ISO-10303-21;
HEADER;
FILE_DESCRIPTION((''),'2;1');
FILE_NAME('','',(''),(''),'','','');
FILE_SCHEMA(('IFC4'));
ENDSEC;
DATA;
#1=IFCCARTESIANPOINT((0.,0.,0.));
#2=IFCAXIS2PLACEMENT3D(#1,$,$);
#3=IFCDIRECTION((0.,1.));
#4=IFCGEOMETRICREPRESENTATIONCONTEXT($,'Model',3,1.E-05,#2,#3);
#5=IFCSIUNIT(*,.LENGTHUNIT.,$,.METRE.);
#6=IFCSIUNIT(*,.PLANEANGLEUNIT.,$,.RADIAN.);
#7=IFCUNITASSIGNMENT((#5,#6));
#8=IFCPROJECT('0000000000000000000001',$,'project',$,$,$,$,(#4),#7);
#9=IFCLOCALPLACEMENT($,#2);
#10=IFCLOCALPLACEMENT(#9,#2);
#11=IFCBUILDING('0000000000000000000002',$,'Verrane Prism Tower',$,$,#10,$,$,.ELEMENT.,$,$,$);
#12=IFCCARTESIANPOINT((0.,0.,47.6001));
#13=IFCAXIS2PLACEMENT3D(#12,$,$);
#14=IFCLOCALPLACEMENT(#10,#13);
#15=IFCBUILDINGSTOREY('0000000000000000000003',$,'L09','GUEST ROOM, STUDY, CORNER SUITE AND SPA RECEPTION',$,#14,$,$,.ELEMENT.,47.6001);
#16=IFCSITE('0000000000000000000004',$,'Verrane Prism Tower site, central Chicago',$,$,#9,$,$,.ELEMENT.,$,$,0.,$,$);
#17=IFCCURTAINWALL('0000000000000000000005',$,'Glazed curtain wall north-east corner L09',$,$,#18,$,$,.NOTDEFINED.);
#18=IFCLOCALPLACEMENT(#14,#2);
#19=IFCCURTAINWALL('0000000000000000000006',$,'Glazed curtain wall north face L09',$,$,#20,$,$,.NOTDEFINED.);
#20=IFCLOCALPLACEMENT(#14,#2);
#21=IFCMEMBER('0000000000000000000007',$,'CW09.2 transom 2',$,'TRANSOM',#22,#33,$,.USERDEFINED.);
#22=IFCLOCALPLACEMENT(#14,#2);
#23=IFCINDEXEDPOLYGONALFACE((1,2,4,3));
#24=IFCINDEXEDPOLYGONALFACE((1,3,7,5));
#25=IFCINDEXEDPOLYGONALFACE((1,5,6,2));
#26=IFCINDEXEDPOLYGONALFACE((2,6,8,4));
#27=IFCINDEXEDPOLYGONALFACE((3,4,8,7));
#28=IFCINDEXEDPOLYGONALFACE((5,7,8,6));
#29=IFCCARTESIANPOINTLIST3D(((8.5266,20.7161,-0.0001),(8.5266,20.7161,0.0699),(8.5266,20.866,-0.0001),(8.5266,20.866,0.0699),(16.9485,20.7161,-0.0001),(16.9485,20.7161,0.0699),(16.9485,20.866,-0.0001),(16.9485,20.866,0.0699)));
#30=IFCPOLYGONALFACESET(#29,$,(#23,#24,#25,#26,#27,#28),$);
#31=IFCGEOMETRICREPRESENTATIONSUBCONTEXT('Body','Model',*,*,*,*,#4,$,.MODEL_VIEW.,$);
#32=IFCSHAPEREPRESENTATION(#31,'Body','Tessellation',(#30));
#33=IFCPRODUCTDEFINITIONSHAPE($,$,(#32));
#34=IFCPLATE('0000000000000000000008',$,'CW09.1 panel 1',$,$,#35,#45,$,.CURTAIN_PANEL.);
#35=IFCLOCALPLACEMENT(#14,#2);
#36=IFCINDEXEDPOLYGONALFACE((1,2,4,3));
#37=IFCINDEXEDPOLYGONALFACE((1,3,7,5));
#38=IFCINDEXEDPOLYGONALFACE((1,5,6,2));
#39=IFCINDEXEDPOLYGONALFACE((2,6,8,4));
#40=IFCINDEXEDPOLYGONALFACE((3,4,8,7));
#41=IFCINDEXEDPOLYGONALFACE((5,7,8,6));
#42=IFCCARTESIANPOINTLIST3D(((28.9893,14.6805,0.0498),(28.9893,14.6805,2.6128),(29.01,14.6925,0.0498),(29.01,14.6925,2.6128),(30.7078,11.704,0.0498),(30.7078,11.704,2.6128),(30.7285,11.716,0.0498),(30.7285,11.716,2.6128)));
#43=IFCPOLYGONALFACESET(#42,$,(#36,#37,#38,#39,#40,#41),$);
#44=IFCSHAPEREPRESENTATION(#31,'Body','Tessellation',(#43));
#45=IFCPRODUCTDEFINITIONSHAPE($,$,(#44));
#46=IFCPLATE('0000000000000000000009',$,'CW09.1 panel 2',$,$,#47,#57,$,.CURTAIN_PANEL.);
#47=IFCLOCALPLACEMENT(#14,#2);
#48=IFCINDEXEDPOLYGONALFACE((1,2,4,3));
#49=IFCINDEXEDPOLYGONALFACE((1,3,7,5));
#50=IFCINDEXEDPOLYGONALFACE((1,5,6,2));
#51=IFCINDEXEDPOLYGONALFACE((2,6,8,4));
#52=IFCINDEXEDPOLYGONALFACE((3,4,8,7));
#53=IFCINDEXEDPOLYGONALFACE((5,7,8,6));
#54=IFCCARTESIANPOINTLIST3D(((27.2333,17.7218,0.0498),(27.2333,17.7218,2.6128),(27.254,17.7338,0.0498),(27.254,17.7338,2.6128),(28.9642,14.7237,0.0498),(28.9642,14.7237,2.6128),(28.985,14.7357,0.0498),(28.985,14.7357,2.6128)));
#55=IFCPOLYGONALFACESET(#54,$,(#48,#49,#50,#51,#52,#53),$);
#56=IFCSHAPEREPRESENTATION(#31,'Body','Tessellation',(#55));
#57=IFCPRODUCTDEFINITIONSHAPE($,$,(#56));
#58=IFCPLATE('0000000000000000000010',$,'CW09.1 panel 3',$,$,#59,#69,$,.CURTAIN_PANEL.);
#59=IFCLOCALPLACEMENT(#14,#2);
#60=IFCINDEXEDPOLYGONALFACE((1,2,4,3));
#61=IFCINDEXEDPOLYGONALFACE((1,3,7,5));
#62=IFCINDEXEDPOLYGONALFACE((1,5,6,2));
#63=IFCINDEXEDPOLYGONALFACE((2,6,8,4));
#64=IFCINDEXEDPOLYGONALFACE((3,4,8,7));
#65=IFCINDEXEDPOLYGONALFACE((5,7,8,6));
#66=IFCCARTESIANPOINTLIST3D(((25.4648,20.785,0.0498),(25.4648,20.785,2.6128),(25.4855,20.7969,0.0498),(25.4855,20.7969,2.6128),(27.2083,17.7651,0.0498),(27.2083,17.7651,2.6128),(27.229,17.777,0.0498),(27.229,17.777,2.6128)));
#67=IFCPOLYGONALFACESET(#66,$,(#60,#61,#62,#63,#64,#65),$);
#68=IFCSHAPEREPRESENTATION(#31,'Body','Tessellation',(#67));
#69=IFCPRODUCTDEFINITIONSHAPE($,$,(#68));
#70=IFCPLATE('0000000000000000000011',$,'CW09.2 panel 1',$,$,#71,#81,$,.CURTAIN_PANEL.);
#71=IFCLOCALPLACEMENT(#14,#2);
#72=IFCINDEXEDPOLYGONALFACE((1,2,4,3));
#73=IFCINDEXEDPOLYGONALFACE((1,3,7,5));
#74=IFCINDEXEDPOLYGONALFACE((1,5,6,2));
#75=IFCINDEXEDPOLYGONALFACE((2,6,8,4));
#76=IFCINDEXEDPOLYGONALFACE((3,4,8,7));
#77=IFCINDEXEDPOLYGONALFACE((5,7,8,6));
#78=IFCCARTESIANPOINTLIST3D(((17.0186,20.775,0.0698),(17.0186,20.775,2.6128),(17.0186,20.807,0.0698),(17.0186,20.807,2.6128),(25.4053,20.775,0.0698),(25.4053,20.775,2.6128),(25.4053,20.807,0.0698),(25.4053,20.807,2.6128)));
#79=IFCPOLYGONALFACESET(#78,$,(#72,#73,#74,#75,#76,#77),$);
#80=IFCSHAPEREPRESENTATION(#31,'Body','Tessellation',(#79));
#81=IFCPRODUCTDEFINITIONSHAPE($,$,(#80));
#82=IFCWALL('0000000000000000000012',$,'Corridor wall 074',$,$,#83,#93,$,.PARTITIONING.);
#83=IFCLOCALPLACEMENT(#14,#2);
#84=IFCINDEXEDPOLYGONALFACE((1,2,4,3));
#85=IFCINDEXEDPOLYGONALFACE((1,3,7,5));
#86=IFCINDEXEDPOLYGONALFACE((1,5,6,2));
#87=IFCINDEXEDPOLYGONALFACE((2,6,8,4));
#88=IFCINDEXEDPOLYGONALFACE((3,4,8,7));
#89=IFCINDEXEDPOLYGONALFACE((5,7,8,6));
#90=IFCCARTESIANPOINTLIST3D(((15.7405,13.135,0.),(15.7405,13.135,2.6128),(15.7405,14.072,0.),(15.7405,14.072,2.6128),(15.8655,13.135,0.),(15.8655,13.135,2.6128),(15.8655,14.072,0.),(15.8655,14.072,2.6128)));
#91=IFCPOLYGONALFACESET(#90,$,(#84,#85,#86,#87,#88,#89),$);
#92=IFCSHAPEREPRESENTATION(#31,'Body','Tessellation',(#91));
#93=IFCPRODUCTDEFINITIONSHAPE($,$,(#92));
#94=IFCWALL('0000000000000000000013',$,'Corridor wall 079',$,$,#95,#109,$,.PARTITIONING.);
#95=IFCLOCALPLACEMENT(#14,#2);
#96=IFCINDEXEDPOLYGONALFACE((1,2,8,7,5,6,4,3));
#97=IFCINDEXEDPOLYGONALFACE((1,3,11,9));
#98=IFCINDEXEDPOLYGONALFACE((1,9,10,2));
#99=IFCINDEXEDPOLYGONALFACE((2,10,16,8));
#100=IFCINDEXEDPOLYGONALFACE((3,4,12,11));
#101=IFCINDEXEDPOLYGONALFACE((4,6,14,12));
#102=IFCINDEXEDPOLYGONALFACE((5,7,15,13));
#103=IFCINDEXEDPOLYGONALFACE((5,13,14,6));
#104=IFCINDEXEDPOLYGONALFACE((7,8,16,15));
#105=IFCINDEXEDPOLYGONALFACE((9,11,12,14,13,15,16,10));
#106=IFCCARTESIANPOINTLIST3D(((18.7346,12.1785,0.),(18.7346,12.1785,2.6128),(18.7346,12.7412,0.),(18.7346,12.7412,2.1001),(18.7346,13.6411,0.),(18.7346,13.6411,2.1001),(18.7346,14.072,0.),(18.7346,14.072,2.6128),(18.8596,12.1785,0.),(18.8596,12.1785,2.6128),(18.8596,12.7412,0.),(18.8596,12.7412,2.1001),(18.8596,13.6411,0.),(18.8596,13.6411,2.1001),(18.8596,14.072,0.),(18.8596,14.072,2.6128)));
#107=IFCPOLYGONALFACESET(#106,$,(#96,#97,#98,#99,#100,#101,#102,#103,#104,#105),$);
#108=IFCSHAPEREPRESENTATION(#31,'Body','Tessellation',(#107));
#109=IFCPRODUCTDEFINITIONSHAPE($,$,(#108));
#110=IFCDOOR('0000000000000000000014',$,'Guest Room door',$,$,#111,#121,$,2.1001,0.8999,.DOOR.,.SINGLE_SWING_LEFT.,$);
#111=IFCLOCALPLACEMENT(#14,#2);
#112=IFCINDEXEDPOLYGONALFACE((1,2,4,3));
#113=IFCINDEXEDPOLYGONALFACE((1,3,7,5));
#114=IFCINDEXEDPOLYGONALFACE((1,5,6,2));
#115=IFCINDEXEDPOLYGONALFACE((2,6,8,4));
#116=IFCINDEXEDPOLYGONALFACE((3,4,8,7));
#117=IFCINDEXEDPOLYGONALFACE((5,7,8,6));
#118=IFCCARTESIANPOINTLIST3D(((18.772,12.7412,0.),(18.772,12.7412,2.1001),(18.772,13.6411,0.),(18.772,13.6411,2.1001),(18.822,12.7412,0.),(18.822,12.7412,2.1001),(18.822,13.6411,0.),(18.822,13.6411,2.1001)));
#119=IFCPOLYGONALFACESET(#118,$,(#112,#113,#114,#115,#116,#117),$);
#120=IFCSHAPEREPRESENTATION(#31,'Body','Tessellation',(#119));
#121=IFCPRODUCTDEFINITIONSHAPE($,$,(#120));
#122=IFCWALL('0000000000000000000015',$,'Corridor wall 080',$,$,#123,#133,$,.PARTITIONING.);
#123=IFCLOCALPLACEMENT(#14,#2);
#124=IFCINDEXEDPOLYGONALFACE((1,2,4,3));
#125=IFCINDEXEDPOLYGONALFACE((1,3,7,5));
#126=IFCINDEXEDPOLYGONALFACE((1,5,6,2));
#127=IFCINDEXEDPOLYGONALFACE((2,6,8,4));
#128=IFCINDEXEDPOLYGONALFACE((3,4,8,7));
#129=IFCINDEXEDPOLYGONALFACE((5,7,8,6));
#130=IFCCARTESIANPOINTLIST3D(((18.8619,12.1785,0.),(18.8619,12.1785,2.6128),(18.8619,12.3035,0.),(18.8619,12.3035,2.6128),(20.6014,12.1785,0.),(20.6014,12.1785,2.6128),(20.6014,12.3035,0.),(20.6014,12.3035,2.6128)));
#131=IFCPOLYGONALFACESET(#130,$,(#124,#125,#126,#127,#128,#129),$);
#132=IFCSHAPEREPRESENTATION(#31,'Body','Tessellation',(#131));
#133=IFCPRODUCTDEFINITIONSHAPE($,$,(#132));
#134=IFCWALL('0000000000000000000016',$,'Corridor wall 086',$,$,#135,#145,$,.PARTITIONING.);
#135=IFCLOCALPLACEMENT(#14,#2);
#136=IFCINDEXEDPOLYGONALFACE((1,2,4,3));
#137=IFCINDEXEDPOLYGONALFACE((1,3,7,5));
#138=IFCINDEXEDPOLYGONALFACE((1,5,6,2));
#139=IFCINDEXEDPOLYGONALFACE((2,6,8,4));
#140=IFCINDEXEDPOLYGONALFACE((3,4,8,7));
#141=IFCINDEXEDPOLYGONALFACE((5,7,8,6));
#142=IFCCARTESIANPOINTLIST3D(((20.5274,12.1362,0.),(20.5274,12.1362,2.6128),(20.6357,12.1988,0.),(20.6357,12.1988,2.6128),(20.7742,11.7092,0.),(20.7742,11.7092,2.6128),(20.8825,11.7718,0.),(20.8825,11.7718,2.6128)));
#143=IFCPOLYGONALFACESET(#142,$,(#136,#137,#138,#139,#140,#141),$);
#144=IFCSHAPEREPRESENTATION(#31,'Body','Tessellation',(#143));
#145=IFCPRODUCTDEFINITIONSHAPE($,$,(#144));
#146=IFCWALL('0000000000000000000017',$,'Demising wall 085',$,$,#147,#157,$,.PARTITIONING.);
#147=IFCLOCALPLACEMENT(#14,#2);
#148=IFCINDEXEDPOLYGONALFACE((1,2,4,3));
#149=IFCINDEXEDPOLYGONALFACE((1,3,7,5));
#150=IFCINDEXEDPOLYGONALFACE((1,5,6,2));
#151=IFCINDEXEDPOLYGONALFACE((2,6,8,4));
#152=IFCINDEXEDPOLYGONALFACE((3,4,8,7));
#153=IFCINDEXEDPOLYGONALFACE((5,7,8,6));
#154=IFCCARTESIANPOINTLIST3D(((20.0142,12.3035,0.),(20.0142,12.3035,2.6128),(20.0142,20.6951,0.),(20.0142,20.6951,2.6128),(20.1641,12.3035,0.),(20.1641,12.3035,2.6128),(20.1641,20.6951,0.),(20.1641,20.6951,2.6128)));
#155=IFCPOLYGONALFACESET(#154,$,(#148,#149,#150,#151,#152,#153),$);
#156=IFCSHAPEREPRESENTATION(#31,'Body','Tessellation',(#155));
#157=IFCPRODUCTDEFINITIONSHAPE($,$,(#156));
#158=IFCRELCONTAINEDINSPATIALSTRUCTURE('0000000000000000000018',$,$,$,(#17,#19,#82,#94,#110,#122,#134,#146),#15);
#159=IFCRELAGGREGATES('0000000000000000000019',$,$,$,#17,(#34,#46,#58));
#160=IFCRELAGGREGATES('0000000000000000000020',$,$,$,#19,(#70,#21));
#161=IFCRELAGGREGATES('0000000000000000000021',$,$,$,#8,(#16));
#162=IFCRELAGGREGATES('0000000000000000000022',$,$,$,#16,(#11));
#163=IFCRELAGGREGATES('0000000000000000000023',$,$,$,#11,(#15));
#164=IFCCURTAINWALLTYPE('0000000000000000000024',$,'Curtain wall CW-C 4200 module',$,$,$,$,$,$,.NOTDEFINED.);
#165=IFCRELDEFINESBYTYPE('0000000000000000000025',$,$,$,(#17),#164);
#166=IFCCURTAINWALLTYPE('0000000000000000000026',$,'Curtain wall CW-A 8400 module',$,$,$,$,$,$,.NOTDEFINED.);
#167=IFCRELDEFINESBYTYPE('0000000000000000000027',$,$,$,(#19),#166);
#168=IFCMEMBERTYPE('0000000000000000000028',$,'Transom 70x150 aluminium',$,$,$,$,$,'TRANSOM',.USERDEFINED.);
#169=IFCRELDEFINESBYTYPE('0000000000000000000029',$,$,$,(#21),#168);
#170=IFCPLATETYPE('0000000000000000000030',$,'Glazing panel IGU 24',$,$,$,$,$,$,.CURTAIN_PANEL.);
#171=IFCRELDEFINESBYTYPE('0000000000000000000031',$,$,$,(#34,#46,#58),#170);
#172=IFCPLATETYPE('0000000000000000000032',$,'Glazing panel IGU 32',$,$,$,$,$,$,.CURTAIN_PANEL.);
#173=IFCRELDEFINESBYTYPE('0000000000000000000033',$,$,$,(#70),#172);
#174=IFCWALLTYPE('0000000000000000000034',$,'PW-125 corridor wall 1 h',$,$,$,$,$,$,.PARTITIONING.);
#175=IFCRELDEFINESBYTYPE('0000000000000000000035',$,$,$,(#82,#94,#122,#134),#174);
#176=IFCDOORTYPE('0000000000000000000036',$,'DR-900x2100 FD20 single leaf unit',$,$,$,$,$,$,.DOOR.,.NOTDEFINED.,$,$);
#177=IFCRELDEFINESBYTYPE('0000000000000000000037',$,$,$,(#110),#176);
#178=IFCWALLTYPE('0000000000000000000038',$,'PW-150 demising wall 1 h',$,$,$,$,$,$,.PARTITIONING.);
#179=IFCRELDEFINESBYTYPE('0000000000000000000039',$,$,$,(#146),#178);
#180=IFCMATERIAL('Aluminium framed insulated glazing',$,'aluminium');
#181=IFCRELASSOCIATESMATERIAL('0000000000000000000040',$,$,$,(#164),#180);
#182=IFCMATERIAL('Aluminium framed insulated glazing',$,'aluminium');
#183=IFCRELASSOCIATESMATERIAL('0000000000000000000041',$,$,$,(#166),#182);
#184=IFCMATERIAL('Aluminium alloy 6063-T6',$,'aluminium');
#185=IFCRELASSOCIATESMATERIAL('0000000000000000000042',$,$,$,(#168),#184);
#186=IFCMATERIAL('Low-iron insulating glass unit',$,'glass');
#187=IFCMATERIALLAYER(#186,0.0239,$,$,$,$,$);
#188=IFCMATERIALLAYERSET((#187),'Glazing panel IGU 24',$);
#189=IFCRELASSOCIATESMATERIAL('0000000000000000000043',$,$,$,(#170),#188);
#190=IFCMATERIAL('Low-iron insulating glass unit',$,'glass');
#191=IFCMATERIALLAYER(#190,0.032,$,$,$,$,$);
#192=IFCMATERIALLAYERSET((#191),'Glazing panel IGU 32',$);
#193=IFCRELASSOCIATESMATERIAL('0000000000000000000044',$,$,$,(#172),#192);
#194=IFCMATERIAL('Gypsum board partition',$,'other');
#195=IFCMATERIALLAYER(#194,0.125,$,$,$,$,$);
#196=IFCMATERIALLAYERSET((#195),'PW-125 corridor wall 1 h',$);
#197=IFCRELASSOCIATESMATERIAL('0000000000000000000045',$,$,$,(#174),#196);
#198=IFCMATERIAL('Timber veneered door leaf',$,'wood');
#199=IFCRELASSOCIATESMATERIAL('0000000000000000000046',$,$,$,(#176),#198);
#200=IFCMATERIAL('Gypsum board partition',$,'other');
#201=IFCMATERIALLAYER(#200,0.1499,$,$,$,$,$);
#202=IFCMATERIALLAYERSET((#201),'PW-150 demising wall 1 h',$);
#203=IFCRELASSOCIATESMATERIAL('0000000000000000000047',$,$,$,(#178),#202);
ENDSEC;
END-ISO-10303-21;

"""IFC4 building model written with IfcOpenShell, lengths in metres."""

from ifc_helpers import new_model, si_unit, direction, frame, frame_2d, origin, origin_2d, place, context, subcontext, project, spatial, rectangle, extrude, material, layer, layer_set, material_profile, profile_set, type_object, element, fill, aggregate, save


model = new_model("IFC4")

# Units and contexts
model_context = context("Model", 3, precision=1e-05, world=origin(), true_north=direction((0.0, 1.0)))
body_context = subcontext(model_context, "Body", "Model", "MODEL_VIEW")
ifc_project = project(units=[si_unit("LENGTHUNIT", "METRE"), si_unit("PLANEANGLEUNIT", "RADIAN")], contexts=[model_context])

# Site, building, storey
site_placement = place(None, origin())
site = spatial("IfcSite", under=ifc_project, at=site_placement, Name="Verrane Prism Tower site, central Chicago", CompositionType="ELEMENT", RefElevation=0.0)
building_placement = place(site_placement, origin())
building = spatial("IfcBuilding", under=site, at=building_placement, Name="Verrane Prism Tower", CompositionType="ELEMENT")
storey_placement = place(building_placement, frame((0.0, 0.0, 47.6001)))
storey = spatial("IfcBuildingStorey", under=building, at=storey_placement, Name="L09", Description="GUEST ROOM, STUDY, CORNER SUITE AND SPA RECEPTION", CompositionType="ELEMENT", Elevation=47.6001)

# Curtain walls
ifc_material_1 = material(Name="Aluminium framed insulated glazing", Category="aluminium")
curtain_wall_type_1 = type_object("IfcCurtainWallType", Name="Curtain wall CW-C 4200 module", PredefinedType="NOTDEFINED", material=ifc_material_1)
curtain_wall_1_placement = place(storey_placement, origin())
curtain_wall_1 = element("IfcCurtainWall", 1, at=curtain_wall_1_placement, inside=storey, type_object=curtain_wall_type_1, Name="Glazed curtain wall north-east corner L09", PredefinedType="NOTDEFINED")
ifc_material_2 = material(Name="Aluminium framed insulated glazing", Category="aluminium")
curtain_wall_type_2 = type_object("IfcCurtainWallType", Name="Curtain wall CW-A 8400 module", PredefinedType="NOTDEFINED", material=ifc_material_2)
curtain_wall_2_placement = place(storey_placement, origin())
curtain_wall_2 = element("IfcCurtainWall", 2, at=curtain_wall_2_placement, inside=storey, type_object=curtain_wall_type_2, Name="Glazed curtain wall north face L09", PredefinedType="NOTDEFINED")

# Member
ifc_material_3 = material(Name="Aluminium alloy 6063-T6", Category="aluminium")
ifc_material_profile_1 = material_profile(ifc_material_3, rectangle(XDim=0.1499, YDim=0.0701, at=origin_2d()), Name="Transom 70x150 aluminium")
ifc_profile_set_1 = profile_set([ifc_material_profile_1], Name="Aluminium alloy 6063-T6")
member_type_1 = type_object("IfcMemberType", Name="Transom 70x150 aluminium", ElementType="TRANSOM", PredefinedType="USERDEFINED", material=ifc_profile_set_1)
member_1_placement = place(storey_placement, frame((16.9485, 20.791, 0.0349), z_axis=(-1.0, 0.0, 0.0), x_axis=(0.0, -1.0, 0.0)))
member_1 = element("IfcMember", 3, at=member_1_placement, type_object=member_type_1, Name="CW09.2 transom 2", ObjectType="TRANSOM", PredefinedType="USERDEFINED", context=body_context, shape_type="SweptSolid", body=[
    extrude(rectangle(XDim=0.1499, YDim=0.0701, at=origin_2d()), origin(), (0.0, 0.0, 1.0), 8.4219),
])

# Plates
ifc_material_4 = material(Name="Low-iron insulating glass unit", Category="glass")
ifc_layer_1 = layer(ifc_material_4, 0.0239)
ifc_layer_set_1 = layer_set([ifc_layer_1], Name="Glazing panel IGU 24")
plate_type_1 = type_object("IfcPlateType", Name="Glazing panel IGU 24", PredefinedType="CURTAIN_PANEL", material=ifc_layer_set_1)
plate_1_placement = place(storey_placement, frame((29.8589, 13.1982, 0.0498), z_axis=(0.0, 0.0, 1.0), x_axis=(-0.499999, 0.866026, 0.0)))
plate_1 = element("IfcPlate", 4, at=plate_1_placement, type_object=plate_type_1, Name="CW09.1 panel 1", PredefinedType="CURTAIN_PANEL", context=body_context, shape_type="SweptSolid", body=[
    extrude(rectangle(XDim=3.437, YDim=0.0239, at=origin_2d()), origin(), (0.0, 0.0, 1.0), 2.563),
])
plate_2_placement = place(storey_placement, frame((28.1091, 16.2288, 0.0498), z_axis=(0.0, 0.0, 1.0), x_axis=(-0.499999, 0.866026, 0.0)))
plate_2 = element("IfcPlate", 5, at=plate_2_placement, type_object=plate_type_1, Name="CW09.1 panel 2", PredefinedType="CURTAIN_PANEL", context=body_context, shape_type="SweptSolid", body=[
    extrude(rectangle(XDim=3.4619, YDim=0.0239, at=origin_2d()), origin(), (0.0, 0.0, 1.0), 2.563),
])
plate_3_placement = place(storey_placement, frame((26.3469, 19.281, 0.0498), z_axis=(0.0, 0.0, 1.0), x_axis=(-0.499999, 0.866026, 0.0)))
plate_3 = element("IfcPlate", 6, at=plate_3_placement, type_object=plate_type_1, Name="CW09.1 panel 3", PredefinedType="CURTAIN_PANEL", context=body_context, shape_type="SweptSolid", body=[
    extrude(rectangle(XDim=3.4871, YDim=0.0239, at=origin_2d()), origin(), (0.0, 0.0, 1.0), 2.563),
])
aggregate(curtain_wall_1, [plate_1, plate_2, plate_3])
ifc_material_5 = material(Name="Low-iron insulating glass unit", Category="glass")
ifc_layer_2 = layer(ifc_material_5, 0.032)
ifc_layer_set_2 = layer_set([ifc_layer_2], Name="Glazing panel IGU 32")
plate_type_2 = type_object("IfcPlateType", Name="Glazing panel IGU 32", PredefinedType="CURTAIN_PANEL", material=ifc_layer_set_2)
plate_4_placement = place(storey_placement, frame((21.2119, 20.791, 0.0698), z_axis=(0.0, 0.0, 1.0), x_axis=(-1.0, 0.0, 0.0)))
plate_4 = element("IfcPlate", 7, at=plate_4_placement, type_object=plate_type_2, Name="CW09.2 panel 1", PredefinedType="CURTAIN_PANEL", context=body_context, shape_type="SweptSolid", body=[
    extrude(rectangle(XDim=8.3867, YDim=0.032, at=origin_2d()), origin(), (0.0, 0.0, 1.0), 2.543),
])
aggregate(curtain_wall_2, [plate_4, member_1])

# Wall
ifc_material_6 = material(Name="Gypsum board partition", Category="other")
ifc_layer_3 = layer(ifc_material_6, 0.125)
ifc_layer_set_3 = layer_set([ifc_layer_3], Name="PW-125 corridor wall 1 h")
wall_type_1 = type_object("IfcWallType", Name="PW-125 corridor wall 1 h", PredefinedType="PARTITIONING", material=ifc_layer_set_3)
wall_1_placement = place(storey_placement, frame((15.803, 13.135, 0.0), z_axis=(0.0, 0.0, 1.0), x_axis=(0.0, 1.0, 0.0)))
element("IfcWall", 8, at=wall_1_placement, inside=storey, type_object=wall_type_1, Name="Corridor wall 074", PredefinedType="PARTITIONING", context=body_context, shape_type="SweptSolid", body=[
    extrude(rectangle(XDim=0.937, YDim=0.125, at=frame_2d((0.4685, 0.0))), origin(), (0.0, 0.0, 1.0), 2.6128),
])

# Wall, opening, door
wall_2_placement = place(storey_placement, frame((18.7971, 14.072, 0.0), z_axis=(0.0, 0.0, 1.0), x_axis=(0.0, -1.0, 0.0)))
wall_2 = element("IfcWall", 9, at=wall_2_placement, inside=storey, type_object=wall_type_1, Name="Corridor wall 079", PredefinedType="PARTITIONING", context=body_context, shape_type="SweptSolid", body=[
    extrude(rectangle(XDim=1.8936, YDim=0.125, at=frame_2d((0.9468, 0.0))), origin(), (0.0, 0.0, 1.0), 2.6128),
])
opening_1_placement = place(wall_2_placement, frame((0.4309, 0.0, 0.0)))
opening_1 = element("IfcOpeningElement", 10, at=opening_1_placement, cuts=wall_2, PredefinedType="OPENING", context=body_context, shape_type="SweptSolid", body=[
    extrude(rectangle(XDim=0.8999, YDim=2.1001, at=frame_2d((0.45, 1.05))), frame((0.0, 0.0725, 0.0), z_axis=(0.0, -1.0, 0.0), x_axis=(1.0, 0.0, 0.0)), (0.0, 0.0, 1.0), 0.145),
])
ifc_material_7 = material(Name="Timber veneered door leaf", Category="wood")
door_type_1 = type_object("IfcDoorType", Name="DR-900x2100 FD20 single leaf unit", OperationType="NOTDEFINED", PredefinedType="DOOR", material=ifc_material_7)
door_1_placement = place(opening_1_placement, origin())
door_1 = element("IfcDoor", 11, at=door_1_placement, inside=storey, type_object=door_type_1, Name="Guest Room door", OperationType="SINGLE_SWING_LEFT", OverallHeight=2.1001, OverallWidth=0.8999, PredefinedType="DOOR", context=body_context, shape_type="SweptSolid", body=[
    extrude(rectangle(XDim=0.8999, YDim=2.1001, at=frame_2d((0.45, 1.05))), frame((0.0, 0.0249, 0.0), z_axis=(0.0, -1.0, 0.0), x_axis=(1.0, 0.0, 0.0)), (0.0, 0.0, 1.0), 0.05),
])
fill(opening_1, door_1)

# Walls
wall_3_placement = place(storey_placement, frame((18.8621, 12.241, 0.0), z_axis=(0.0, 0.0, 1.0), x_axis=(1.0, 0.0, 0.0)))
element("IfcWall", 12, at=wall_3_placement, inside=storey, type_object=wall_type_1, Name="Corridor wall 080", PredefinedType="PARTITIONING", context=body_context, shape_type="SweptSolid", body=[
    extrude(rectangle(XDim=1.7395, YDim=0.125, at=frame_2d((0.8696, 0.0))), origin(), (0.0, 0.0, 1.0), 2.6128),
])
wall_4_placement = place(storey_placement, frame((20.5815, 12.1675, 0.0), z_axis=(0.0, 0.0, 1.0), x_axis=(0.500451, -0.865765, 0.0)))
element("IfcWall", 13, at=wall_4_placement, inside=storey, type_object=wall_type_1, Name="Corridor wall 086", PredefinedType="PARTITIONING", context=body_context, shape_type="SweptSolid", body=[
    extrude(rectangle(XDim=0.4932, YDim=0.125, at=frame_2d((0.2466, 0.0))), origin(), (0.0, 0.0, 1.0), 2.6128),
])
ifc_material_8 = material(Name="Gypsum board partition", Category="other")
ifc_layer_4 = layer(ifc_material_8, 0.1499)
ifc_layer_set_4 = layer_set([ifc_layer_4], Name="PW-150 demising wall 1 h")
wall_type_2 = type_object("IfcWallType", Name="PW-150 demising wall 1 h", PredefinedType="PARTITIONING", material=ifc_layer_set_4)
wall_5_placement = place(storey_placement, frame((20.0891, 12.3035, 0.0), z_axis=(0.0, 0.0, 1.0), x_axis=(0.0, 1.0, 0.0)))
element("IfcWall", 14, at=wall_5_placement, inside=storey, type_object=wall_type_2, Name="Demising wall 085", PredefinedType="PARTITIONING", context=body_context, shape_type="SweptSolid", body=[
    extrude(rectangle(XDim=8.3916, YDim=0.1499, at=frame_2d((4.1958, 0.0))), origin(), (0.0, 0.0, 1.0), 2.6128),
])

save(model, "model.ifc")
